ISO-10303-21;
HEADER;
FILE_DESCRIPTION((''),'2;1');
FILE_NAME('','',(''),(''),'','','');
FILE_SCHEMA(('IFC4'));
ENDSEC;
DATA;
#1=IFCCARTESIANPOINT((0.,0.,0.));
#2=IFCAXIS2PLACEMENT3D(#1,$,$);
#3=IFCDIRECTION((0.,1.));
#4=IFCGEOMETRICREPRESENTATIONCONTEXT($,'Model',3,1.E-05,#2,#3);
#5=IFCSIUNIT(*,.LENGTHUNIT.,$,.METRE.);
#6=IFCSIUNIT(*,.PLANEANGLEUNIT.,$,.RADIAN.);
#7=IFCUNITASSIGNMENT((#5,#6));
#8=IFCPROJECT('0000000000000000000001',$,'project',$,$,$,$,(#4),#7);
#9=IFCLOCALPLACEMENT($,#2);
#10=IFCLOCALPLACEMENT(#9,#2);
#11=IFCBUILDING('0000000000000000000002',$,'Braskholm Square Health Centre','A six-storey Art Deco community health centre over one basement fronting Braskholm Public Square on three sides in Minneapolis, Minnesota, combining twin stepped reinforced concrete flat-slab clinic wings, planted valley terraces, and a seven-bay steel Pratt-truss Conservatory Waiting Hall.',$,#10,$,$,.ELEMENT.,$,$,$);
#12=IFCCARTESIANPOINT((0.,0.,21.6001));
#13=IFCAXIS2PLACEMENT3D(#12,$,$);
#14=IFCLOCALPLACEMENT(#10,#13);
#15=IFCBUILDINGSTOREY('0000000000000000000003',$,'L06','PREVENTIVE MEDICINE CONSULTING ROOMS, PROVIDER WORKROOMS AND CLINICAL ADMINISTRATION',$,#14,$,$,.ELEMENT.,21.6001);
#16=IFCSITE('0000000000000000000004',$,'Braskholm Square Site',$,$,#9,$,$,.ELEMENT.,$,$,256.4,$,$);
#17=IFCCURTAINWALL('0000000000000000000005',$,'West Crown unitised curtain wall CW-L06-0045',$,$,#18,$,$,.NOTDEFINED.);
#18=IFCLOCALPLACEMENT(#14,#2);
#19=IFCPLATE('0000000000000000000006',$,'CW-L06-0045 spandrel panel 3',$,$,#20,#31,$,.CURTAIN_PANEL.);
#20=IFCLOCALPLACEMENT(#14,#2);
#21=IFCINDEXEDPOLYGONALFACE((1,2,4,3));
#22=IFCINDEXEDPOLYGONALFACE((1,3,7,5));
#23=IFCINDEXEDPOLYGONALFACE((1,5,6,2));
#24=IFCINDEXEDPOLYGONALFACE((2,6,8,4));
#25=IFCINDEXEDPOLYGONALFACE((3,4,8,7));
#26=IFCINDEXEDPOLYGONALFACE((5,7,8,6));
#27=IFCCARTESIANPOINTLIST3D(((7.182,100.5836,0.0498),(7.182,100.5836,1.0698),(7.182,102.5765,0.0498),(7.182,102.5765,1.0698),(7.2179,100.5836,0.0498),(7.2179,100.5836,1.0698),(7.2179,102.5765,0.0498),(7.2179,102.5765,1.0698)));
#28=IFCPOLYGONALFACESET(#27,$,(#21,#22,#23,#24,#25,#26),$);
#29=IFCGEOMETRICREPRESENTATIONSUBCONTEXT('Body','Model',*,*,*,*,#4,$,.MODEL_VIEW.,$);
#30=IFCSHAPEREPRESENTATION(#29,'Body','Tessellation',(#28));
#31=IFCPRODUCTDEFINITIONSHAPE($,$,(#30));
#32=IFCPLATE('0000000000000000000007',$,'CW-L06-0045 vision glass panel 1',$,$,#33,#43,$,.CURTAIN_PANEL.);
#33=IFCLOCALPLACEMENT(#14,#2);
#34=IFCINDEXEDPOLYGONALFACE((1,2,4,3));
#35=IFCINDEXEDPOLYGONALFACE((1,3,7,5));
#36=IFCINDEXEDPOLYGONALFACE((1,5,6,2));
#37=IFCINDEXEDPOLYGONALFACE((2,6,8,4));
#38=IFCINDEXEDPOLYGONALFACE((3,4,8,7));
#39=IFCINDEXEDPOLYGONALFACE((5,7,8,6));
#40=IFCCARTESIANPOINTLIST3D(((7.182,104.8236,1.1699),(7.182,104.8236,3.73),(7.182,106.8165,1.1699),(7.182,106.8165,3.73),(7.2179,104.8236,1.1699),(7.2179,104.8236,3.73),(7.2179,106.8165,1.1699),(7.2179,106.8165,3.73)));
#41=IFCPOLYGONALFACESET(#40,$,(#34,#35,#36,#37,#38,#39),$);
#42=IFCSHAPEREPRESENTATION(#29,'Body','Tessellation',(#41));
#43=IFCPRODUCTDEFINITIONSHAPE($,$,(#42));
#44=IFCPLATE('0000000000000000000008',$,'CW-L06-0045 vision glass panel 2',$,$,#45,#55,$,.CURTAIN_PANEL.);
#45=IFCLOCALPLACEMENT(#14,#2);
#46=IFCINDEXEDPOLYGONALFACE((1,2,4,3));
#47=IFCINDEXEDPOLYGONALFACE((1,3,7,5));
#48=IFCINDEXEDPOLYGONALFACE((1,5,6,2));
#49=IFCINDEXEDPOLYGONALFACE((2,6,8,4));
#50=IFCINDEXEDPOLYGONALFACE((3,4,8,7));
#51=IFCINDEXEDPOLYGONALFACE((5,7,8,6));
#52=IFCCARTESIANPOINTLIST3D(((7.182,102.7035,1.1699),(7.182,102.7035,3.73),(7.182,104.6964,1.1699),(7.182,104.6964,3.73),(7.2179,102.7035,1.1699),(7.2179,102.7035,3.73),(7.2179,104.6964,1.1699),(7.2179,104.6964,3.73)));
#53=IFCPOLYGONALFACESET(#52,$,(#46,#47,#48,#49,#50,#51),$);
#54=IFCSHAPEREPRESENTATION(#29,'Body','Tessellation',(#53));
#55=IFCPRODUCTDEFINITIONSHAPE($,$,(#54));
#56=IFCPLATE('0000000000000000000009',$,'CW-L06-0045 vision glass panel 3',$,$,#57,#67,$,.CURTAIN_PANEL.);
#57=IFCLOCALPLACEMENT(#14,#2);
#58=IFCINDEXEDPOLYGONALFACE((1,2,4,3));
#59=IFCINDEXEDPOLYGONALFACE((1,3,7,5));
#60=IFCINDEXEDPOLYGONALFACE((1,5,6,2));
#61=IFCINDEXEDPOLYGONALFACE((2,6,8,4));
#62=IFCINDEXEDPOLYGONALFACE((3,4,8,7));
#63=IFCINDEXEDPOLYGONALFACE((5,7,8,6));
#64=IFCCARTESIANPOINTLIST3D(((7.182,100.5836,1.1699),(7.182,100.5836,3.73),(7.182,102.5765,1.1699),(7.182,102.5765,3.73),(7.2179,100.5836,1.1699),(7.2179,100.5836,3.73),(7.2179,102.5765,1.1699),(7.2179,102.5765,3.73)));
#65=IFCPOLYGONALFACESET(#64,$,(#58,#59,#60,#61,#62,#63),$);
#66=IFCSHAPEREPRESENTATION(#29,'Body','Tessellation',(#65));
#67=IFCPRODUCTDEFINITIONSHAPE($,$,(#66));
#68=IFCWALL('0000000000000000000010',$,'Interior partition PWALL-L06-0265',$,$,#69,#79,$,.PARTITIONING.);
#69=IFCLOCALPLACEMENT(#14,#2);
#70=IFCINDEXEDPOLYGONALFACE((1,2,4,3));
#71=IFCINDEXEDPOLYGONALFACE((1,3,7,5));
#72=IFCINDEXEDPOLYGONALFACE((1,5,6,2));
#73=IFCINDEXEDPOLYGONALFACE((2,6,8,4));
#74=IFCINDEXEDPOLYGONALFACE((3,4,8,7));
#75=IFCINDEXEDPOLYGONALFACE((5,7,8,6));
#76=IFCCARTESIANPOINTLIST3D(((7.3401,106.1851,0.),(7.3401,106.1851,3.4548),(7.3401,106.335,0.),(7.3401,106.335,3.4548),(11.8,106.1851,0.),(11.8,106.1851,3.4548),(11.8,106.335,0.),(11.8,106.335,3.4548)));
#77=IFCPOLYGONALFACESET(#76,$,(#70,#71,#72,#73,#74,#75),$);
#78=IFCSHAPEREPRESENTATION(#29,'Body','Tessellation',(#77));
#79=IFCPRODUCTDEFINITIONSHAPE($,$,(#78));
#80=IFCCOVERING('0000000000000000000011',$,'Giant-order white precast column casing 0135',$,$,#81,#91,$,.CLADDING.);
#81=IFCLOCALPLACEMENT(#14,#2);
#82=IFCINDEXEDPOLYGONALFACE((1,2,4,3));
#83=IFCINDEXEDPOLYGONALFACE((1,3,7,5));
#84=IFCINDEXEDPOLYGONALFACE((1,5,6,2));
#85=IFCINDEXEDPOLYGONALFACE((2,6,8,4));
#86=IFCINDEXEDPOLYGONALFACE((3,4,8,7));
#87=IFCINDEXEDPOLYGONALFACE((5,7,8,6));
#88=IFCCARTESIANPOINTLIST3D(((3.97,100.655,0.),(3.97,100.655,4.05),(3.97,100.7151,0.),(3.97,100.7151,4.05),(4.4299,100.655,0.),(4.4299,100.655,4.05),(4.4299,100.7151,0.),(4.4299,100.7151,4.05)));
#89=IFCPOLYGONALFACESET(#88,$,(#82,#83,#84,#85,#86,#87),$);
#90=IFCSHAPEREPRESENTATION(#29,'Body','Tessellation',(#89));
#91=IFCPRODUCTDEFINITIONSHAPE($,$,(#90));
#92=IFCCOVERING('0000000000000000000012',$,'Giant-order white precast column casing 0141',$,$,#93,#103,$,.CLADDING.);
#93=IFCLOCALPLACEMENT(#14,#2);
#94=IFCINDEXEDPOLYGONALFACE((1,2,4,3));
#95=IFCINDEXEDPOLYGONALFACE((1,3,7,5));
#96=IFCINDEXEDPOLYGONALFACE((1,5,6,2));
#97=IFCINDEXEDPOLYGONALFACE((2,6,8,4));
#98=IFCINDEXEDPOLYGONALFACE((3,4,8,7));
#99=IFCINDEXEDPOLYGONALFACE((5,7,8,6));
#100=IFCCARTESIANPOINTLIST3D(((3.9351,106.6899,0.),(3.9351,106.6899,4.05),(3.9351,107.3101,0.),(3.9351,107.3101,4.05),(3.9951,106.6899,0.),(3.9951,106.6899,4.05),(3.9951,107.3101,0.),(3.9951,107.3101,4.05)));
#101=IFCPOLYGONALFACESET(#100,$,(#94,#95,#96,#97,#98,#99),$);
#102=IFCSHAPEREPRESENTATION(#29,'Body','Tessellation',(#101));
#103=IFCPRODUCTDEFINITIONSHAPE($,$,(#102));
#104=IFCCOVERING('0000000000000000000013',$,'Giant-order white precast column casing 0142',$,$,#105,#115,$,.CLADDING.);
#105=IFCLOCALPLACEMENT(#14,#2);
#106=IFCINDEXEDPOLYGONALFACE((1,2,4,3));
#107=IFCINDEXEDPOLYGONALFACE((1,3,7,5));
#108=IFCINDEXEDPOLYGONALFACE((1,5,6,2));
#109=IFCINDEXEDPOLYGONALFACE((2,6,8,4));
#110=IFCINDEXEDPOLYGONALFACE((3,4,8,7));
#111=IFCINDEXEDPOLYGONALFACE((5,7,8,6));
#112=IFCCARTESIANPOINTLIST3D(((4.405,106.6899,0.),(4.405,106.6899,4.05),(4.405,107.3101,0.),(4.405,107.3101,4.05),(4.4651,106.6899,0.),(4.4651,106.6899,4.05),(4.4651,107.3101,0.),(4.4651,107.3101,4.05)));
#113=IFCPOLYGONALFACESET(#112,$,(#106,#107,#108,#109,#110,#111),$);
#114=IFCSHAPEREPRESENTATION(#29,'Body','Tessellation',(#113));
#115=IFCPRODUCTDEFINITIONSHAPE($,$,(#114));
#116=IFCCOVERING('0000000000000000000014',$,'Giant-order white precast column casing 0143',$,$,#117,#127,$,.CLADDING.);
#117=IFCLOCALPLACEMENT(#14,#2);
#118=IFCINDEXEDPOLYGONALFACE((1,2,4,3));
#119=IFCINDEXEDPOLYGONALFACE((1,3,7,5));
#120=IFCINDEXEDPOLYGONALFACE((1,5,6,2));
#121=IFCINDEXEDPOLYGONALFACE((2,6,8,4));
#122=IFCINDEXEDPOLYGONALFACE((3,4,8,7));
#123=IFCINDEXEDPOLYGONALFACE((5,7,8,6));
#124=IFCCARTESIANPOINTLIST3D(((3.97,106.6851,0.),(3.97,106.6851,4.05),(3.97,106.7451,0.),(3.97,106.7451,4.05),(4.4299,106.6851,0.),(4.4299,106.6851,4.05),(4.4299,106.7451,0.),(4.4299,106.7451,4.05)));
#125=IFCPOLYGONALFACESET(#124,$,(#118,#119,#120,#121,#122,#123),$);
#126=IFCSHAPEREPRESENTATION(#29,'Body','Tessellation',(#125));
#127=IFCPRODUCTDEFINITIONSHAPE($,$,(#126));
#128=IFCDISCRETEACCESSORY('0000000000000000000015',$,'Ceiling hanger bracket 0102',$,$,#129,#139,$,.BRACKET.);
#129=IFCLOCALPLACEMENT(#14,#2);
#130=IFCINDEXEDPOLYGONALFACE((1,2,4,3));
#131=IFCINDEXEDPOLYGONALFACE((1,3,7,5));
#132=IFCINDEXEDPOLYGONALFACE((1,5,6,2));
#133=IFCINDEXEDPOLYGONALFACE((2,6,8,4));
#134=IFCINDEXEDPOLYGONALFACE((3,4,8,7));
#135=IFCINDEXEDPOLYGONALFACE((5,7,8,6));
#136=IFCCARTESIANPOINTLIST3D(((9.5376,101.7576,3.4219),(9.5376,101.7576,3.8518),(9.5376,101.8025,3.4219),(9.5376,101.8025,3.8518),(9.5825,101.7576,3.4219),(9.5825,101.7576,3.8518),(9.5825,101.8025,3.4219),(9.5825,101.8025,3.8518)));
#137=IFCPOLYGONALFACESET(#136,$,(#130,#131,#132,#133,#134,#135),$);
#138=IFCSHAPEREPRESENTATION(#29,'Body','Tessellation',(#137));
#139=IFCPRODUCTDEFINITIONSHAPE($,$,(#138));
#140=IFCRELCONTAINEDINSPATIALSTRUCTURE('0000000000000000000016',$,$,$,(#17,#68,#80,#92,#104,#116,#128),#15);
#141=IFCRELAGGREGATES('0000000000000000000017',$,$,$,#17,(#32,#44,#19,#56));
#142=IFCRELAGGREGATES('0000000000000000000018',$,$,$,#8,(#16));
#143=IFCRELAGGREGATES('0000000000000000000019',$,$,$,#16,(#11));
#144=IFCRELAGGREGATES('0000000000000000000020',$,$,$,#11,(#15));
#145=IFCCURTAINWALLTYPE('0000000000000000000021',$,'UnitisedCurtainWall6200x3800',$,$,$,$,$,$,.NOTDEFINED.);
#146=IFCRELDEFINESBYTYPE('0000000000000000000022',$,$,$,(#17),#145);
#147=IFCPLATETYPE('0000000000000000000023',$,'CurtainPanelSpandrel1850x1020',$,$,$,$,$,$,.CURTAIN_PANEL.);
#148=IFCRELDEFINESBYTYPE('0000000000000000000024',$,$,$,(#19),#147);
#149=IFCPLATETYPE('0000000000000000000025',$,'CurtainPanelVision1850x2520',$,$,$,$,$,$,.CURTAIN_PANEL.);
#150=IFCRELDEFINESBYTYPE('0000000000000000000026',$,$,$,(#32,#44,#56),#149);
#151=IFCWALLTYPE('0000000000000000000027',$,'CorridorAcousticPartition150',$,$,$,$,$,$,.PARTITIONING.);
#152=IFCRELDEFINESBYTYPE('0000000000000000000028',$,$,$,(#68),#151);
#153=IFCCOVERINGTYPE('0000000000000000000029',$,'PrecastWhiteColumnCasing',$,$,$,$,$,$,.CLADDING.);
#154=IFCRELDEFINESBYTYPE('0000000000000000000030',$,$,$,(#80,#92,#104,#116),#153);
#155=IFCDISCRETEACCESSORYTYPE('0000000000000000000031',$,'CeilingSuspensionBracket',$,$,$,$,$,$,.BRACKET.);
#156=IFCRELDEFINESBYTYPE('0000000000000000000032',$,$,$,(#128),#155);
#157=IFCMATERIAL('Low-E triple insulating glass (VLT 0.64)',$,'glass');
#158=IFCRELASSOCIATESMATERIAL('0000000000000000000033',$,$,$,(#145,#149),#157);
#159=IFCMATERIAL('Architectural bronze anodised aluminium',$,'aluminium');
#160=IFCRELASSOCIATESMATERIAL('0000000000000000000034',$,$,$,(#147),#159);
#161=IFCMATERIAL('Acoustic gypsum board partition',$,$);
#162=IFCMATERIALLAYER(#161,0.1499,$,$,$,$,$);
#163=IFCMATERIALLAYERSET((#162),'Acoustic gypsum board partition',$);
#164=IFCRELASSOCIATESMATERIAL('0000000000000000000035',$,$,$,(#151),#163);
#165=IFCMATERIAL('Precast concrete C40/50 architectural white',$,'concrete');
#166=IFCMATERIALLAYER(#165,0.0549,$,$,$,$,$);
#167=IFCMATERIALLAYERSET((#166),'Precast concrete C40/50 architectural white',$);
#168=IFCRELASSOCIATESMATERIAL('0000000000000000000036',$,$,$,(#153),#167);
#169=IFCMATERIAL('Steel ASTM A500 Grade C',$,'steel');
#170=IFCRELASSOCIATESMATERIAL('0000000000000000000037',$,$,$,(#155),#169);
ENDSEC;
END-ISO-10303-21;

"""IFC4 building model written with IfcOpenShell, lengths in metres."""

from ifc_helpers import new_model, si_unit, direction, frame, frame_2d, origin, origin_2d, place, context, subcontext, project, spatial, rectangle, extrude, material, layer, layer_set, type_object, element, aggregate, save


model = new_model("IFC4")

# Units and contexts
model_context = context("Model", 3, precision=1e-05, world=origin(), true_north=direction((0.0, 1.0)))
body_context = subcontext(model_context, "Body", "Model", "MODEL_VIEW")
ifc_project = project(units=[si_unit("LENGTHUNIT", "METRE"), si_unit("PLANEANGLEUNIT", "RADIAN")], contexts=[model_context])

# Site, building, storey
site_placement = place(None, origin())
site = spatial("IfcSite", under=ifc_project, at=site_placement, Name="Braskholm Square Site", CompositionType="ELEMENT", RefElevation=256.4)
building_placement = place(site_placement, origin())
building = spatial("IfcBuilding", under=site, at=building_placement, Name="Braskholm Square Health Centre", Description="A six-storey Art Deco community health centre over one basement fronting Braskholm Public Square on three sides in Minneapolis, Minnesota, combining twin stepped reinforced concrete flat-slab clinic wings, planted valley terraces, and a seven-bay steel Pratt-truss Conservatory Waiting Hall.", CompositionType="ELEMENT")
storey_placement = place(building_placement, frame((0.0, 0.0, 21.6001)))
storey = spatial("IfcBuildingStorey", under=building, at=storey_placement, Name="L06", Description="PREVENTIVE MEDICINE CONSULTING ROOMS, PROVIDER WORKROOMS AND CLINICAL ADMINISTRATION", CompositionType="ELEMENT", Elevation=21.6001)

# Shared definitions
ifc_material_1 = material(Name="Precast concrete C40/50 architectural white", Category="concrete")

# Curtain wall
ifc_material_2 = material(Name="Low-E triple insulating glass (VLT 0.64)", Category="glass")
curtain_wall_type = type_object("IfcCurtainWallType", Name="UnitisedCurtainWall6200x3800", PredefinedType="NOTDEFINED", material=ifc_material_2)
curtain_wall_placement = place(storey_placement, origin())
curtain_wall = element("IfcCurtainWall", 1, at=curtain_wall_placement, inside=storey, type_object=curtain_wall_type, Name="West Crown unitised curtain wall CW-L06-0045", PredefinedType="NOTDEFINED")
ifc_material_3 = material(Name="Architectural bronze anodised aluminium", Category="aluminium")

# Plates
plate_type_1 = type_object("IfcPlateType", Name="CurtainPanelSpandrel1850x1020", PredefinedType="CURTAIN_PANEL", material=ifc_material_3)
plate_1_placement = place(storey_placement, frame((7.2, 101.5801, 0.0498), z_axis=(0.0, 0.0, 1.0), x_axis=(0.0, -1.0, 0.0)))
plate_1 = element("IfcPlate", 2, at=plate_1_placement, type_object=plate_type_1, Name="CW-L06-0045 spandrel panel 3", PredefinedType="CURTAIN_PANEL", context=body_context, shape_type="SweptSolid", body=[
    extrude(rectangle(XDim=1.9929, YDim=0.0359, at=origin_2d()), origin(), (0.0, 0.0, 1.0), 1.02),
])
plate_type_2 = type_object("IfcPlateType", Name="CurtainPanelVision1850x2520", PredefinedType="CURTAIN_PANEL", material=ifc_material_2)
plate_2_placement = place(storey_placement, frame((7.2, 105.8201, 1.1699), z_axis=(0.0, 0.0, 1.0), x_axis=(0.0, -1.0, 0.0)))
plate_2 = element("IfcPlate", 3, at=plate_2_placement, type_object=plate_type_2, Name="CW-L06-0045 vision glass panel 1", PredefinedType="CURTAIN_PANEL", context=body_context, shape_type="SweptSolid", body=[
    extrude(rectangle(XDim=1.9929, YDim=0.0359, at=origin_2d()), origin(), (0.0, 0.0, 1.0), 2.5601),
])
plate_3_placement = place(storey_placement, frame((7.2, 103.7, 1.1699), z_axis=(0.0, 0.0, 1.0), x_axis=(0.0, -1.0, 0.0)))
plate_3 = element("IfcPlate", 4, at=plate_3_placement, type_object=plate_type_2, Name="CW-L06-0045 vision glass panel 2", PredefinedType="CURTAIN_PANEL", context=body_context, shape_type="SweptSolid", body=[
    extrude(rectangle(XDim=1.9929, YDim=0.0359, at=origin_2d()), origin(), (0.0, 0.0, 1.0), 2.5601),
])
plate_4_placement = place(storey_placement, frame((7.2, 101.5801, 1.1699), z_axis=(0.0, 0.0, 1.0), x_axis=(0.0, -1.0, 0.0)))
plate_4 = element("IfcPlate", 5, at=plate_4_placement, type_object=plate_type_2, Name="CW-L06-0045 vision glass panel 3", PredefinedType="CURTAIN_PANEL", context=body_context, shape_type="SweptSolid", body=[
    extrude(rectangle(XDim=1.9929, YDim=0.0359, at=origin_2d()), origin(), (0.0, 0.0, 1.0), 2.5601),
])
aggregate(curtain_wall, [plate_2, plate_3, plate_1, plate_4])

# Wall
ifc_material_4 = material(Name="Acoustic gypsum board partition")
ifc_layer_1 = layer(ifc_material_4, 0.1499)
ifc_layer_set_1 = layer_set([ifc_layer_1], Name="Acoustic gypsum board partition")
wall_type = type_object("IfcWallType", Name="CorridorAcousticPartition150", PredefinedType="PARTITIONING", material=ifc_layer_set_1)
wall_placement = place(storey_placement, frame((7.3401, 106.26, 0.0), z_axis=(0.0, 0.0, 1.0), x_axis=(1.0, 0.0, 0.0)))
element("IfcWall", 6, at=wall_placement, inside=storey, type_object=wall_type, Name="Interior partition PWALL-L06-0265", PredefinedType="PARTITIONING", context=body_context, shape_type="SweptSolid", body=[
    extrude(rectangle(XDim=4.46, YDim=0.1499, at=frame_2d((2.23, 0.0))), origin(), (0.0, 0.0, 1.0), 3.4548),
])

# Coverings
ifc_layer_2 = layer(ifc_material_1, 0.0549)
ifc_layer_set_2 = layer_set([ifc_layer_2], Name="Precast concrete C40/50 architectural white")
covering_type = type_object("IfcCoveringType", Name="PrecastWhiteColumnCasing", PredefinedType="CLADDING", material=ifc_layer_set_2)
covering_1_placement = place(storey_placement, frame((4.2, 100.6851, 0.0), z_axis=(0.0, 0.0, 1.0), x_axis=(1.0, 0.0, 0.0)))
element("IfcCovering", 7, at=covering_1_placement, inside=storey, type_object=covering_type, Name="Giant-order white precast column casing 0135", PredefinedType="CLADDING", context=body_context, shape_type="SweptSolid", body=[
    extrude(rectangle(XDim=0.46, YDim=0.0601, at=origin_2d()), origin(), (0.0, 0.0, 1.0), 4.05),
])
for number, where, z_axis, x_axis, name in (
    (8, (3.9651, 107.0, 0.0), (0.0, 0.0, 1.0), (1.0, 0.0, 0.0), "Giant-order white precast column casing 0141"),
    (9, (4.4351, 107.0, 0.0), (0.0, 0.0, 1.0), (1.0, 0.0, 0.0), "Giant-order white precast column casing 0142"),
):
    element("IfcCovering", number, at=place(storey_placement, frame(where, z_axis=z_axis, x_axis=x_axis)), inside=storey, type_object=covering_type, Name=name, PredefinedType="CLADDING", context=body_context, shape_type="SweptSolid", body=[
        extrude(rectangle(XDim=0.0601, YDim=0.6201, at=origin_2d()), origin(), (0.0, 0.0, 1.0), 4.05),
    ])
covering_2_placement = place(storey_placement, frame((4.2, 106.7151, 0.0), z_axis=(0.0, 0.0, 1.0), x_axis=(1.0, 0.0, 0.0)))
element("IfcCovering", 10, at=covering_2_placement, inside=storey, type_object=covering_type, Name="Giant-order white precast column casing 0143", PredefinedType="CLADDING", context=body_context, shape_type="SweptSolid", body=[
    extrude(rectangle(XDim=0.46, YDim=0.0601, at=origin_2d()), origin(), (0.0, 0.0, 1.0), 4.05),
])

# Discrete accessory
ifc_material_5 = material(Name="Steel ASTM A500 Grade C", Category="steel")
discrete_accessory_type = type_object("IfcDiscreteAccessoryType", Name="CeilingSuspensionBracket", PredefinedType="BRACKET", material=ifc_material_5)
discrete_accessory_placement = place(storey_placement, frame((9.5601, 101.78, 3.4219), z_axis=(0.0, 0.0, 1.0), x_axis=(1.0, 0.0, 0.0)))
element("IfcDiscreteAccessory", 11, at=discrete_accessory_placement, inside=storey, type_object=discrete_accessory_type, Name="Ceiling hanger bracket 0102", PredefinedType="BRACKET", context=body_context, shape_type="SweptSolid", body=[
    extrude(rectangle(XDim=0.0449, YDim=0.0449, at=origin_2d()), origin(), (0.0, 0.0, 1.0), 0.4299),
])

save(model, "model.ifc")
